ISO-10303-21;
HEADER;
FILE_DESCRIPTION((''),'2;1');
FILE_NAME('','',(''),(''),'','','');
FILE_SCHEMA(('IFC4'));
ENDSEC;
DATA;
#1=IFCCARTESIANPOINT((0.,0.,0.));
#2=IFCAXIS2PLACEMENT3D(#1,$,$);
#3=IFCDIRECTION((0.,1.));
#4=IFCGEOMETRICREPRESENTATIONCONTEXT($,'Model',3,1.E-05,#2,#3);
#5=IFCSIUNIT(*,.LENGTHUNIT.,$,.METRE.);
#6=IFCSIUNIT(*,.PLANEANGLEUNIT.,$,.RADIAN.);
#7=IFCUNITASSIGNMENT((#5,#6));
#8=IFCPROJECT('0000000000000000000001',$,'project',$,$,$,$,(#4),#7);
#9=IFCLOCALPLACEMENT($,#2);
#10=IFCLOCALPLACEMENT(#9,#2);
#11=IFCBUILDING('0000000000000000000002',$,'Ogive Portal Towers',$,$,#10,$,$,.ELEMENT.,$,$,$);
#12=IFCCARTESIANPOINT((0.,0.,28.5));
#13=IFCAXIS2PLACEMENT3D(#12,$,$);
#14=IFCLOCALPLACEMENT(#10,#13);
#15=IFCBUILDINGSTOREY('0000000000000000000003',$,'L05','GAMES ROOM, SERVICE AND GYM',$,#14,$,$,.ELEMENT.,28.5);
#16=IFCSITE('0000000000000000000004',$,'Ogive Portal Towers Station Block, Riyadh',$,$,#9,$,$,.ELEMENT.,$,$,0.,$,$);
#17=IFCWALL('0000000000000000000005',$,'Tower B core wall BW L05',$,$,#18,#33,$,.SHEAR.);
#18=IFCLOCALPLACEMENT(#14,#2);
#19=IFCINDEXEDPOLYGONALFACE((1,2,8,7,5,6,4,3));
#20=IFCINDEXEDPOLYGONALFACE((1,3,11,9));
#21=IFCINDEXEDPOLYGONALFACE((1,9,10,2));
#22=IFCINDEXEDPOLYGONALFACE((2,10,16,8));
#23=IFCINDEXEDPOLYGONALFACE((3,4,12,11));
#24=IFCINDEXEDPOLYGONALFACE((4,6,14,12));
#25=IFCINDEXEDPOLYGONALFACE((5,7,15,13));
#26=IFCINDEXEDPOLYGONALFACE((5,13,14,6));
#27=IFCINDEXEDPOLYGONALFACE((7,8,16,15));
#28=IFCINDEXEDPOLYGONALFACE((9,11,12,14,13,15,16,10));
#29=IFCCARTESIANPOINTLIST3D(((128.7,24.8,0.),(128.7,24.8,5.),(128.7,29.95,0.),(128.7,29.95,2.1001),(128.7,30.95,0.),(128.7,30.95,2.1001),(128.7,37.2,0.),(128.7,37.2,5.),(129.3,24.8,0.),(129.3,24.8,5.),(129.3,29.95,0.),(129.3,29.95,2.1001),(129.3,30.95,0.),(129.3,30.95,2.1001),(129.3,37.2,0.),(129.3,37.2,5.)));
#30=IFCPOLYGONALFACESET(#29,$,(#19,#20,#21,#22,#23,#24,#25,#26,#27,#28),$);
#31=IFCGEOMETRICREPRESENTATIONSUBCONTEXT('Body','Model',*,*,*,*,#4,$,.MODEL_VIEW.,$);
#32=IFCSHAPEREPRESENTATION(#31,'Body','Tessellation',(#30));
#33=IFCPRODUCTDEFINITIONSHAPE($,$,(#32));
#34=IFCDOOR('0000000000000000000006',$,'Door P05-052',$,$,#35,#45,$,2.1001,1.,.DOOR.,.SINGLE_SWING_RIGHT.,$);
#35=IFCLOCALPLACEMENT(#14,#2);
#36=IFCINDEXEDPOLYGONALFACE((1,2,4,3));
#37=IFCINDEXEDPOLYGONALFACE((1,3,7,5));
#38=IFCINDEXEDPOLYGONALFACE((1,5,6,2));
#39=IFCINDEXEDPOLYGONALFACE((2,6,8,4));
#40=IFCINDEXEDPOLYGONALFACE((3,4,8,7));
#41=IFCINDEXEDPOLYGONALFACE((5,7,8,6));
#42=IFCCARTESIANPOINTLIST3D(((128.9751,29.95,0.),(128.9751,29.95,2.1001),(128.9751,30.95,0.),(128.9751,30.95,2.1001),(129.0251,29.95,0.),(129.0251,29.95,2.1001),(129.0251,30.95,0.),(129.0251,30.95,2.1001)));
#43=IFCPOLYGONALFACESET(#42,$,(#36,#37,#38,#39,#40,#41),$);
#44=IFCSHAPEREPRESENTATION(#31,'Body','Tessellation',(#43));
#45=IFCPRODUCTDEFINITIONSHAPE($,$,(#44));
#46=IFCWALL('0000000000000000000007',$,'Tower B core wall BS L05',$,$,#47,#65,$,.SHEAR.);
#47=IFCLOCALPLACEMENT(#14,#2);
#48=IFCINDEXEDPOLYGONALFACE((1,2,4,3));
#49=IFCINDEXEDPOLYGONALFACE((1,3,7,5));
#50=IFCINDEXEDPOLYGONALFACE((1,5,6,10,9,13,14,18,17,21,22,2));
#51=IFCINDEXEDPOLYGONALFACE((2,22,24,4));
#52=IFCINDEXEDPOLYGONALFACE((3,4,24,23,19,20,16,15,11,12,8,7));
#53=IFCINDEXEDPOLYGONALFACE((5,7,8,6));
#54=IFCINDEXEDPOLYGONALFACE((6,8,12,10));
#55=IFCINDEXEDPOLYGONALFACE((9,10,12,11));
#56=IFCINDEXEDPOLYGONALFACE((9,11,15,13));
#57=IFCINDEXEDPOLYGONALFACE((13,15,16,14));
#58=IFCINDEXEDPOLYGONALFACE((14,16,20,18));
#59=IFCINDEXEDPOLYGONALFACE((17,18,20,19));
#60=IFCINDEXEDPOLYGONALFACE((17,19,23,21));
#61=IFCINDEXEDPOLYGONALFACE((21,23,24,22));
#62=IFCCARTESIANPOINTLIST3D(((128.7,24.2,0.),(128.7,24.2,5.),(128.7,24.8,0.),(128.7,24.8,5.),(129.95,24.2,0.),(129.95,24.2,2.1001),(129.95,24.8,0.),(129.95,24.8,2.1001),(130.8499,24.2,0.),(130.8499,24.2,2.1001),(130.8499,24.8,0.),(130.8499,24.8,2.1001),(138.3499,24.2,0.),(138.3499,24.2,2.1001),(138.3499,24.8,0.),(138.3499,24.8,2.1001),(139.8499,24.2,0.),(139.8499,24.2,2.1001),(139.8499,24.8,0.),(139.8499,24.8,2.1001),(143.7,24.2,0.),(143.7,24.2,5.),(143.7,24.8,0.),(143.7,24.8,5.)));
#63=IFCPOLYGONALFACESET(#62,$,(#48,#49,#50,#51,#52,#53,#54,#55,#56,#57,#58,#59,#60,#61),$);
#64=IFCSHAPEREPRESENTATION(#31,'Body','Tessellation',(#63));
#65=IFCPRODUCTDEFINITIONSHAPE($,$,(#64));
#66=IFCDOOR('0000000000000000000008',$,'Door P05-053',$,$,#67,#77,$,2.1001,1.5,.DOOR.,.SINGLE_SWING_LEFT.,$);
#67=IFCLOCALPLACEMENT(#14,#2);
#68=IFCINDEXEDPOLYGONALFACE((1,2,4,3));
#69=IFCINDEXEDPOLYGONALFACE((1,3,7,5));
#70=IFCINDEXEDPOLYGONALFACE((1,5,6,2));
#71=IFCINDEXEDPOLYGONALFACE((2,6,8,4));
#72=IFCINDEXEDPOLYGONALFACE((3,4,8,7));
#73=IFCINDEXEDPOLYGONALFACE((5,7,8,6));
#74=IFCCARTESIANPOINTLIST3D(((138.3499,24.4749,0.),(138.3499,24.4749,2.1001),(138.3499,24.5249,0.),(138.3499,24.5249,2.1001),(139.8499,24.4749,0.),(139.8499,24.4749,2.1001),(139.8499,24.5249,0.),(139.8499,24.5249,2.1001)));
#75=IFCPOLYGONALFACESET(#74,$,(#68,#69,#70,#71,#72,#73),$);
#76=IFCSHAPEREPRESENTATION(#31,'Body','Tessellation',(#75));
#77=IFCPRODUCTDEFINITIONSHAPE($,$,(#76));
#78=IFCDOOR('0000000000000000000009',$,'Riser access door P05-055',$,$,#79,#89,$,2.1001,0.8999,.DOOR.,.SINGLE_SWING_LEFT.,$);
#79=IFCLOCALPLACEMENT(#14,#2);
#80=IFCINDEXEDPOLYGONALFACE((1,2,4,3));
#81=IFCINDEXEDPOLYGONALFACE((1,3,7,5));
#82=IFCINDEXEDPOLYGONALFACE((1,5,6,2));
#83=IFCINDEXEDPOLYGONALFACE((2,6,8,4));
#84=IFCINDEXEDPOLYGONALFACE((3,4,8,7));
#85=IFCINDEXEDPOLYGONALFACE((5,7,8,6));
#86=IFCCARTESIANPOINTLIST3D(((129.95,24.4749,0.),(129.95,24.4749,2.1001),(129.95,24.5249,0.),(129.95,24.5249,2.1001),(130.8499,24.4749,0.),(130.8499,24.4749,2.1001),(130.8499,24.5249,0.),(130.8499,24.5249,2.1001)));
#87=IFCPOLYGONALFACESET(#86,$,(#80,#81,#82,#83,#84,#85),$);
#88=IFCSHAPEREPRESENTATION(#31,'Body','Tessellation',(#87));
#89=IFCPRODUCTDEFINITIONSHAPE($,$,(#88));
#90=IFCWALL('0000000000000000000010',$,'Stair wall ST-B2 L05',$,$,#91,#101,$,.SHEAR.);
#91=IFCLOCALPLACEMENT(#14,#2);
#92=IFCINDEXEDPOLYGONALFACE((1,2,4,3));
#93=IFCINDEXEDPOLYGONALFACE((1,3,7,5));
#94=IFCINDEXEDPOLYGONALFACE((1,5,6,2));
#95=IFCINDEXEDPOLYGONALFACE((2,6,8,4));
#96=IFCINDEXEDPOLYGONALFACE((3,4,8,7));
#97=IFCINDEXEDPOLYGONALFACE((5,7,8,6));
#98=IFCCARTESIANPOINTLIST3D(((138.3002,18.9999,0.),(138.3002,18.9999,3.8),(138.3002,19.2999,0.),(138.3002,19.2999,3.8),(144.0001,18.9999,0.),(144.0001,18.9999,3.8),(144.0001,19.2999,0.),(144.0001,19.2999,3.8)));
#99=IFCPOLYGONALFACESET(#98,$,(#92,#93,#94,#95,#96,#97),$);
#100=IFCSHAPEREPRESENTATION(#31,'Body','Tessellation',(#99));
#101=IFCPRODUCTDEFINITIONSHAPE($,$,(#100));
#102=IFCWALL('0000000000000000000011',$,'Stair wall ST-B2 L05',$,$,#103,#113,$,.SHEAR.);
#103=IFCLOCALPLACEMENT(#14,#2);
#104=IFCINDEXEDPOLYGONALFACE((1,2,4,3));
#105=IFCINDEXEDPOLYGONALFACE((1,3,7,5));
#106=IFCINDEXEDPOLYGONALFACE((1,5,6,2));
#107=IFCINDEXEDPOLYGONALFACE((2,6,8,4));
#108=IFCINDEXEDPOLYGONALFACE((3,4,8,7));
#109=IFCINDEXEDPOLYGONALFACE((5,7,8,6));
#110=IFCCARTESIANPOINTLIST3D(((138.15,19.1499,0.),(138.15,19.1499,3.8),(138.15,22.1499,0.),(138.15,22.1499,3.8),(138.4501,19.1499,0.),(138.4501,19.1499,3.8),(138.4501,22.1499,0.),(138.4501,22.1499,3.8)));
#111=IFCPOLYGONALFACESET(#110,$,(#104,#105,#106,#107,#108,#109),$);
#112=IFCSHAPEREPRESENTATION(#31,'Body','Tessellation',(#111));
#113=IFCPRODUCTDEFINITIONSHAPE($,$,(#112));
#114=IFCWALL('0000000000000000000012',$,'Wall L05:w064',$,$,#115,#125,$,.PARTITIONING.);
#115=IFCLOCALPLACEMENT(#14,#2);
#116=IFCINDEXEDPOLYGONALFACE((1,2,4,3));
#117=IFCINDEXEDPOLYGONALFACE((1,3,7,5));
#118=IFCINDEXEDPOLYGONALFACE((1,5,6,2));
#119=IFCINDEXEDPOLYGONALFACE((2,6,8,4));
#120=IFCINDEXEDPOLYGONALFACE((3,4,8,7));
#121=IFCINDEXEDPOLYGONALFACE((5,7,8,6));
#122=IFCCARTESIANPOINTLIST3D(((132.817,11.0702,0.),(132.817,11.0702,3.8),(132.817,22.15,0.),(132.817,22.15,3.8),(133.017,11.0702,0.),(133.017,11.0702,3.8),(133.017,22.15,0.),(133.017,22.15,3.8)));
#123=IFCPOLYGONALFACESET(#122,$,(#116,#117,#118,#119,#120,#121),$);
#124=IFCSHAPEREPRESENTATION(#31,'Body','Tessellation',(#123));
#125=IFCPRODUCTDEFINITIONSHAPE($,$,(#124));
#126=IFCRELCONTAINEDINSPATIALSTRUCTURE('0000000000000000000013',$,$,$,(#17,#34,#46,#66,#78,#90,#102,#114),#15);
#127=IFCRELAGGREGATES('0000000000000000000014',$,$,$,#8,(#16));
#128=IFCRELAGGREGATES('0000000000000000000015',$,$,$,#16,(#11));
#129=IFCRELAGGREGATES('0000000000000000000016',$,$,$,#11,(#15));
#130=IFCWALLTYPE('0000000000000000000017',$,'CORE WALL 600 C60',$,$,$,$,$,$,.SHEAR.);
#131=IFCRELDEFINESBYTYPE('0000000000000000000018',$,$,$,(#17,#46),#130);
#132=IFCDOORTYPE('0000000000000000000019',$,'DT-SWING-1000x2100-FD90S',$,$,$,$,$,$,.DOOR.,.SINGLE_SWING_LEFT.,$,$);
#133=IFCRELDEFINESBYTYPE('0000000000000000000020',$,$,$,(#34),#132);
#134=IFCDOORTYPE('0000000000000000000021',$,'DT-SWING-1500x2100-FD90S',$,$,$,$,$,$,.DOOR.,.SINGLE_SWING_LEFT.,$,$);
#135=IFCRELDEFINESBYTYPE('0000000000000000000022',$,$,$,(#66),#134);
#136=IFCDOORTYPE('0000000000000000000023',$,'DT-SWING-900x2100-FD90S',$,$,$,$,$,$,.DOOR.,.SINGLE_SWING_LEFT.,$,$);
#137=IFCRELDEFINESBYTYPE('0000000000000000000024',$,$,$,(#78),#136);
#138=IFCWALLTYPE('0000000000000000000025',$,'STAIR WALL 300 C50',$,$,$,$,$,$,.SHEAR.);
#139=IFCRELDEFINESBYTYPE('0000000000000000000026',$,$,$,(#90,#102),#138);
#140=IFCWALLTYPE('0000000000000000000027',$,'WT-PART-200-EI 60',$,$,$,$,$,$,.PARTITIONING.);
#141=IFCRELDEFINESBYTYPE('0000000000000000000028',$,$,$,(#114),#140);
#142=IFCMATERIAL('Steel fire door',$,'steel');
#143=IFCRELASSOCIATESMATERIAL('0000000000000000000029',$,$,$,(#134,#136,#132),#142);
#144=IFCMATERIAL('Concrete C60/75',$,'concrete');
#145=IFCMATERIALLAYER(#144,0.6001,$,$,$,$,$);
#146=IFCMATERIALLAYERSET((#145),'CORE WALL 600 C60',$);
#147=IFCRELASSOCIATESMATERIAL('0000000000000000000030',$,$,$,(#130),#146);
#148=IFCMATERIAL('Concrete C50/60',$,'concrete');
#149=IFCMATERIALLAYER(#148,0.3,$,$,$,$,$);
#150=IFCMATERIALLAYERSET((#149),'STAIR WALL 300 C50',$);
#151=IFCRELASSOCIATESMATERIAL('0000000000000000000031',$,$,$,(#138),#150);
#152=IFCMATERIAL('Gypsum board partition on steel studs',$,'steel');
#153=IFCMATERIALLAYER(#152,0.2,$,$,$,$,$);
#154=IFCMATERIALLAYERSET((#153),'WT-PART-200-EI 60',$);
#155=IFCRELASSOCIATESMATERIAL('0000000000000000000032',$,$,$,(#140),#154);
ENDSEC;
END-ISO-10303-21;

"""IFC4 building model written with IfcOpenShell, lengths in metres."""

from ifc_helpers import new_model, si_unit, direction, frame, frame_2d, origin, place, context, subcontext, project, spatial, rectangle, extrude, material, layer, layer_set, type_object, element, fill, save


model = new_model("IFC4")

# Units and contexts
model_context = context("Model", 3, precision=1e-05, world=origin(), true_north=direction((0.0, 1.0)))
body_context = subcontext(model_context, "Body", "Model", "MODEL_VIEW")
ifc_project = project(units=[si_unit("LENGTHUNIT", "METRE"), si_unit("PLANEANGLEUNIT", "RADIAN")], contexts=[model_context])

# Site, building, storey
site_placement = place(None, origin())
site = spatial("IfcSite", under=ifc_project, at=site_placement, Name="Ogive Portal Towers Station Block, Riyadh", CompositionType="ELEMENT", RefElevation=0.0)
building_placement = place(site_placement, origin())
building = spatial("IfcBuilding", under=site, at=building_placement, Name="Ogive Portal Towers", CompositionType="ELEMENT")
storey_placement = place(building_placement, frame((0.0, 0.0, 28.5)))
storey = spatial("IfcBuildingStorey", under=building, at=storey_placement, Name="L05", Description="GAMES ROOM, SERVICE AND GYM", CompositionType="ELEMENT", Elevation=28.5)

# Shared definitions
ifc_material_1 = material(Name="Concrete C50/60", Category="concrete")

# Shared definitions
ifc_material_2 = material(Name="Concrete C60/75", Category="concrete")
ifc_material_3 = material(Name="Steel fire door", Category="steel")

# Shared definitions
door_type_1 = type_object("IfcDoorType", Name="DT-SWING-1500x2100-FD90S", OperationType="SINGLE_SWING_LEFT", PredefinedType="DOOR", material=ifc_material_3)
door_type_2 = type_object("IfcDoorType", Name="DT-SWING-900x2100-FD90S", OperationType="SINGLE_SWING_LEFT", PredefinedType="DOOR", material=ifc_material_3)

# Wall, opening, door
ifc_layer_1 = layer(ifc_material_2, 0.6001)
ifc_layer_set_1 = layer_set([ifc_layer_1], Name="CORE WALL 600 C60")
wall_type_1 = type_object("IfcWallType", Name="CORE WALL 600 C60", PredefinedType="SHEAR", material=ifc_layer_set_1)
wall_1_placement = place(storey_placement, frame((129.0, 24.8, 0.0), z_axis=(0.0, 0.0, 1.0), x_axis=(0.0, 1.0, 0.0)))
wall_1 = element("IfcWall", 1, at=wall_1_placement, inside=storey, type_object=wall_type_1, Name="Tower B core wall BW L05", PredefinedType="SHEAR", context=body_context, shape_type="SweptSolid", body=[
    extrude(rectangle(XDim=12.3999, YDim=0.6001, at=frame_2d((6.2, 0.0))), origin(), (0.0, 0.0, 1.0), 5.0),
])
opening_1_placement = place(wall_1_placement, frame((5.1499, 0.0, 0.0)))
opening_1 = element("IfcOpeningElement", 2, at=opening_1_placement, cuts=wall_1, PredefinedType="OPENING", context=body_context, shape_type="SweptSolid", body=[
    extrude(rectangle(XDim=1.0, YDim=2.1001, at=frame_2d((0.5, 1.05))), frame((0.0, 0.3101, 0.0), z_axis=(0.0, -1.0, 0.0), x_axis=(1.0, 0.0, 0.0)), (0.0, 0.0, 1.0), 0.6201),
])
door_type_3 = type_object("IfcDoorType", Name="DT-SWING-1000x2100-FD90S", OperationType="SINGLE_SWING_LEFT", PredefinedType="DOOR", material=ifc_material_3)
door_1_placement = place(opening_1_placement, origin())
door_1 = element("IfcDoor", 3, at=door_1_placement, inside=storey, type_object=door_type_3, Name="Door P05-052", OperationType="SINGLE_SWING_RIGHT", OverallHeight=2.1001, OverallWidth=1.0, PredefinedType="DOOR", context=body_context, shape_type="SweptSolid", body=[
    extrude(rectangle(XDim=1.0, YDim=2.1001, at=frame_2d((0.5, 1.05))), frame((0.0, 0.0249, 0.0), z_axis=(0.0, -1.0, 0.0), x_axis=(1.0, 0.0, 0.0)), (0.0, 0.0, 1.0), 0.05),
])
fill(opening_1, door_1)

# Wall, openings, doors
wall_2_placement = place(storey_placement, frame((128.7, 24.5, 0.0), z_axis=(0.0, 0.0, 1.0), x_axis=(1.0, 0.0, 0.0)))
wall_2 = element("IfcWall", 4, at=wall_2_placement, inside=storey, type_object=wall_type_1, Name="Tower B core wall BS L05", PredefinedType="SHEAR", context=body_context, shape_type="SweptSolid", body=[
    extrude(rectangle(XDim=15.0, YDim=0.6001, at=frame_2d((7.5, 0.0))), origin(), (0.0, 0.0, 1.0), 5.0),
])
opening_2_placement = place(wall_2_placement, frame((9.6499, 0.0, 0.0)))
opening_2 = element("IfcOpeningElement", 5, at=opening_2_placement, cuts=wall_2, PredefinedType="OPENING", context=body_context, shape_type="SweptSolid", body=[
    extrude(rectangle(XDim=1.5, YDim=2.1001, at=frame_2d((0.75, 1.05))), frame((0.0, 0.3101, 0.0), z_axis=(0.0, -1.0, 0.0), x_axis=(1.0, 0.0, 0.0)), (0.0, 0.0, 1.0), 0.6201),
])
opening_3_placement = place(wall_2_placement, frame((1.25, 0.0, 0.0)))
opening_3 = element("IfcOpeningElement", 6, at=opening_3_placement, cuts=wall_2, PredefinedType="OPENING", context=body_context, shape_type="SweptSolid", body=[
    extrude(rectangle(XDim=0.8999, YDim=2.1001, at=frame_2d((0.45, 1.05))), frame((0.0, 0.3101, 0.0), z_axis=(0.0, -1.0, 0.0), x_axis=(1.0, 0.0, 0.0)), (0.0, 0.0, 1.0), 0.6201),
])
door_2_placement = place(opening_2_placement, origin())
door_2 = element("IfcDoor", 7, at=door_2_placement, inside=storey, type_object=door_type_1, Name="Door P05-053", OperationType="SINGLE_SWING_LEFT", OverallHeight=2.1001, OverallWidth=1.5, PredefinedType="DOOR", context=body_context, shape_type="SweptSolid", body=[
    extrude(rectangle(XDim=1.5, YDim=2.1001, at=frame_2d((0.75, 1.05))), frame((0.0, 0.0249, 0.0), z_axis=(0.0, -1.0, 0.0), x_axis=(1.0, 0.0, 0.0)), (0.0, 0.0, 1.0), 0.05),
])
fill(opening_2, door_2)
door_3_placement = place(opening_3_placement, origin())
door_3 = element("IfcDoor", 8, at=door_3_placement, inside=storey, type_object=door_type_2, Name="Riser access door P05-055", OperationType="SINGLE_SWING_LEFT", OverallHeight=2.1001, OverallWidth=0.8999, PredefinedType="DOOR", context=body_context, shape_type="SweptSolid", body=[
    extrude(rectangle(XDim=0.8999, YDim=2.1001, at=frame_2d((0.45, 1.05))), frame((0.0, 0.0249, 0.0), z_axis=(0.0, -1.0, 0.0), x_axis=(1.0, 0.0, 0.0)), (0.0, 0.0, 1.0), 0.05),
])
fill(opening_3, door_3)

# Walls
ifc_layer_2 = layer(ifc_material_1, 0.3)
ifc_layer_set_2 = layer_set([ifc_layer_2], Name="STAIR WALL 300 C50")
wall_type_2 = type_object("IfcWallType", Name="STAIR WALL 300 C50", PredefinedType="SHEAR", material=ifc_layer_set_2)
wall_3_placement = place(storey_placement, frame((138.3, 19.1499, 0.0), z_axis=(0.0, 0.0, 1.0), x_axis=(1.0, 0.0, 0.0)))
element("IfcWall", 9, at=wall_3_placement, inside=storey, type_object=wall_type_2, Name="Stair wall ST-B2 L05", PredefinedType="SHEAR", context=body_context, shape_type="SweptSolid", body=[
    extrude(rectangle(XDim=5.7, YDim=0.3, at=frame_2d((2.8501, 0.0))), origin(), (0.0, 0.0, 1.0), 3.8),
])
wall_4_placement = place(storey_placement, frame((138.3, 19.1499, 0.0), z_axis=(0.0, 0.0, 1.0), x_axis=(0.0, 1.0, 0.0)))
element("IfcWall", 10, at=wall_4_placement, inside=storey, type_object=wall_type_2, Name="Stair wall ST-B2 L05", PredefinedType="SHEAR", context=body_context, shape_type="SweptSolid", body=[
    extrude(rectangle(XDim=3.0, YDim=0.3, at=frame_2d((1.5, 0.0))), origin(), (0.0, 0.0, 1.0), 3.8),
])
ifc_material_4 = material(Name="Gypsum board partition on steel studs", Category="steel")
ifc_layer_3 = layer(ifc_material_4, 0.2)
ifc_layer_set_3 = layer_set([ifc_layer_3], Name="WT-PART-200-EI 60")
wall_type_3 = type_object("IfcWallType", Name="WT-PART-200-EI 60", PredefinedType="PARTITIONING", material=ifc_layer_set_3)
wall_5_placement = place(storey_placement, frame((132.917, 11.0701, 0.0), z_axis=(0.0, 0.0, 1.0), x_axis=(0.0, 1.0, 0.0)))
element("IfcWall", 11, at=wall_5_placement, inside=storey, type_object=wall_type_3, Name="Wall L05:w064", PredefinedType="PARTITIONING", context=body_context, shape_type="SweptSolid", body=[
    extrude(rectangle(XDim=11.0798, YDim=0.2, at=frame_2d((5.54, 0.0))), origin(), (0.0, 0.0, 1.0), 3.8),
])

save(model, "model.ifc")
